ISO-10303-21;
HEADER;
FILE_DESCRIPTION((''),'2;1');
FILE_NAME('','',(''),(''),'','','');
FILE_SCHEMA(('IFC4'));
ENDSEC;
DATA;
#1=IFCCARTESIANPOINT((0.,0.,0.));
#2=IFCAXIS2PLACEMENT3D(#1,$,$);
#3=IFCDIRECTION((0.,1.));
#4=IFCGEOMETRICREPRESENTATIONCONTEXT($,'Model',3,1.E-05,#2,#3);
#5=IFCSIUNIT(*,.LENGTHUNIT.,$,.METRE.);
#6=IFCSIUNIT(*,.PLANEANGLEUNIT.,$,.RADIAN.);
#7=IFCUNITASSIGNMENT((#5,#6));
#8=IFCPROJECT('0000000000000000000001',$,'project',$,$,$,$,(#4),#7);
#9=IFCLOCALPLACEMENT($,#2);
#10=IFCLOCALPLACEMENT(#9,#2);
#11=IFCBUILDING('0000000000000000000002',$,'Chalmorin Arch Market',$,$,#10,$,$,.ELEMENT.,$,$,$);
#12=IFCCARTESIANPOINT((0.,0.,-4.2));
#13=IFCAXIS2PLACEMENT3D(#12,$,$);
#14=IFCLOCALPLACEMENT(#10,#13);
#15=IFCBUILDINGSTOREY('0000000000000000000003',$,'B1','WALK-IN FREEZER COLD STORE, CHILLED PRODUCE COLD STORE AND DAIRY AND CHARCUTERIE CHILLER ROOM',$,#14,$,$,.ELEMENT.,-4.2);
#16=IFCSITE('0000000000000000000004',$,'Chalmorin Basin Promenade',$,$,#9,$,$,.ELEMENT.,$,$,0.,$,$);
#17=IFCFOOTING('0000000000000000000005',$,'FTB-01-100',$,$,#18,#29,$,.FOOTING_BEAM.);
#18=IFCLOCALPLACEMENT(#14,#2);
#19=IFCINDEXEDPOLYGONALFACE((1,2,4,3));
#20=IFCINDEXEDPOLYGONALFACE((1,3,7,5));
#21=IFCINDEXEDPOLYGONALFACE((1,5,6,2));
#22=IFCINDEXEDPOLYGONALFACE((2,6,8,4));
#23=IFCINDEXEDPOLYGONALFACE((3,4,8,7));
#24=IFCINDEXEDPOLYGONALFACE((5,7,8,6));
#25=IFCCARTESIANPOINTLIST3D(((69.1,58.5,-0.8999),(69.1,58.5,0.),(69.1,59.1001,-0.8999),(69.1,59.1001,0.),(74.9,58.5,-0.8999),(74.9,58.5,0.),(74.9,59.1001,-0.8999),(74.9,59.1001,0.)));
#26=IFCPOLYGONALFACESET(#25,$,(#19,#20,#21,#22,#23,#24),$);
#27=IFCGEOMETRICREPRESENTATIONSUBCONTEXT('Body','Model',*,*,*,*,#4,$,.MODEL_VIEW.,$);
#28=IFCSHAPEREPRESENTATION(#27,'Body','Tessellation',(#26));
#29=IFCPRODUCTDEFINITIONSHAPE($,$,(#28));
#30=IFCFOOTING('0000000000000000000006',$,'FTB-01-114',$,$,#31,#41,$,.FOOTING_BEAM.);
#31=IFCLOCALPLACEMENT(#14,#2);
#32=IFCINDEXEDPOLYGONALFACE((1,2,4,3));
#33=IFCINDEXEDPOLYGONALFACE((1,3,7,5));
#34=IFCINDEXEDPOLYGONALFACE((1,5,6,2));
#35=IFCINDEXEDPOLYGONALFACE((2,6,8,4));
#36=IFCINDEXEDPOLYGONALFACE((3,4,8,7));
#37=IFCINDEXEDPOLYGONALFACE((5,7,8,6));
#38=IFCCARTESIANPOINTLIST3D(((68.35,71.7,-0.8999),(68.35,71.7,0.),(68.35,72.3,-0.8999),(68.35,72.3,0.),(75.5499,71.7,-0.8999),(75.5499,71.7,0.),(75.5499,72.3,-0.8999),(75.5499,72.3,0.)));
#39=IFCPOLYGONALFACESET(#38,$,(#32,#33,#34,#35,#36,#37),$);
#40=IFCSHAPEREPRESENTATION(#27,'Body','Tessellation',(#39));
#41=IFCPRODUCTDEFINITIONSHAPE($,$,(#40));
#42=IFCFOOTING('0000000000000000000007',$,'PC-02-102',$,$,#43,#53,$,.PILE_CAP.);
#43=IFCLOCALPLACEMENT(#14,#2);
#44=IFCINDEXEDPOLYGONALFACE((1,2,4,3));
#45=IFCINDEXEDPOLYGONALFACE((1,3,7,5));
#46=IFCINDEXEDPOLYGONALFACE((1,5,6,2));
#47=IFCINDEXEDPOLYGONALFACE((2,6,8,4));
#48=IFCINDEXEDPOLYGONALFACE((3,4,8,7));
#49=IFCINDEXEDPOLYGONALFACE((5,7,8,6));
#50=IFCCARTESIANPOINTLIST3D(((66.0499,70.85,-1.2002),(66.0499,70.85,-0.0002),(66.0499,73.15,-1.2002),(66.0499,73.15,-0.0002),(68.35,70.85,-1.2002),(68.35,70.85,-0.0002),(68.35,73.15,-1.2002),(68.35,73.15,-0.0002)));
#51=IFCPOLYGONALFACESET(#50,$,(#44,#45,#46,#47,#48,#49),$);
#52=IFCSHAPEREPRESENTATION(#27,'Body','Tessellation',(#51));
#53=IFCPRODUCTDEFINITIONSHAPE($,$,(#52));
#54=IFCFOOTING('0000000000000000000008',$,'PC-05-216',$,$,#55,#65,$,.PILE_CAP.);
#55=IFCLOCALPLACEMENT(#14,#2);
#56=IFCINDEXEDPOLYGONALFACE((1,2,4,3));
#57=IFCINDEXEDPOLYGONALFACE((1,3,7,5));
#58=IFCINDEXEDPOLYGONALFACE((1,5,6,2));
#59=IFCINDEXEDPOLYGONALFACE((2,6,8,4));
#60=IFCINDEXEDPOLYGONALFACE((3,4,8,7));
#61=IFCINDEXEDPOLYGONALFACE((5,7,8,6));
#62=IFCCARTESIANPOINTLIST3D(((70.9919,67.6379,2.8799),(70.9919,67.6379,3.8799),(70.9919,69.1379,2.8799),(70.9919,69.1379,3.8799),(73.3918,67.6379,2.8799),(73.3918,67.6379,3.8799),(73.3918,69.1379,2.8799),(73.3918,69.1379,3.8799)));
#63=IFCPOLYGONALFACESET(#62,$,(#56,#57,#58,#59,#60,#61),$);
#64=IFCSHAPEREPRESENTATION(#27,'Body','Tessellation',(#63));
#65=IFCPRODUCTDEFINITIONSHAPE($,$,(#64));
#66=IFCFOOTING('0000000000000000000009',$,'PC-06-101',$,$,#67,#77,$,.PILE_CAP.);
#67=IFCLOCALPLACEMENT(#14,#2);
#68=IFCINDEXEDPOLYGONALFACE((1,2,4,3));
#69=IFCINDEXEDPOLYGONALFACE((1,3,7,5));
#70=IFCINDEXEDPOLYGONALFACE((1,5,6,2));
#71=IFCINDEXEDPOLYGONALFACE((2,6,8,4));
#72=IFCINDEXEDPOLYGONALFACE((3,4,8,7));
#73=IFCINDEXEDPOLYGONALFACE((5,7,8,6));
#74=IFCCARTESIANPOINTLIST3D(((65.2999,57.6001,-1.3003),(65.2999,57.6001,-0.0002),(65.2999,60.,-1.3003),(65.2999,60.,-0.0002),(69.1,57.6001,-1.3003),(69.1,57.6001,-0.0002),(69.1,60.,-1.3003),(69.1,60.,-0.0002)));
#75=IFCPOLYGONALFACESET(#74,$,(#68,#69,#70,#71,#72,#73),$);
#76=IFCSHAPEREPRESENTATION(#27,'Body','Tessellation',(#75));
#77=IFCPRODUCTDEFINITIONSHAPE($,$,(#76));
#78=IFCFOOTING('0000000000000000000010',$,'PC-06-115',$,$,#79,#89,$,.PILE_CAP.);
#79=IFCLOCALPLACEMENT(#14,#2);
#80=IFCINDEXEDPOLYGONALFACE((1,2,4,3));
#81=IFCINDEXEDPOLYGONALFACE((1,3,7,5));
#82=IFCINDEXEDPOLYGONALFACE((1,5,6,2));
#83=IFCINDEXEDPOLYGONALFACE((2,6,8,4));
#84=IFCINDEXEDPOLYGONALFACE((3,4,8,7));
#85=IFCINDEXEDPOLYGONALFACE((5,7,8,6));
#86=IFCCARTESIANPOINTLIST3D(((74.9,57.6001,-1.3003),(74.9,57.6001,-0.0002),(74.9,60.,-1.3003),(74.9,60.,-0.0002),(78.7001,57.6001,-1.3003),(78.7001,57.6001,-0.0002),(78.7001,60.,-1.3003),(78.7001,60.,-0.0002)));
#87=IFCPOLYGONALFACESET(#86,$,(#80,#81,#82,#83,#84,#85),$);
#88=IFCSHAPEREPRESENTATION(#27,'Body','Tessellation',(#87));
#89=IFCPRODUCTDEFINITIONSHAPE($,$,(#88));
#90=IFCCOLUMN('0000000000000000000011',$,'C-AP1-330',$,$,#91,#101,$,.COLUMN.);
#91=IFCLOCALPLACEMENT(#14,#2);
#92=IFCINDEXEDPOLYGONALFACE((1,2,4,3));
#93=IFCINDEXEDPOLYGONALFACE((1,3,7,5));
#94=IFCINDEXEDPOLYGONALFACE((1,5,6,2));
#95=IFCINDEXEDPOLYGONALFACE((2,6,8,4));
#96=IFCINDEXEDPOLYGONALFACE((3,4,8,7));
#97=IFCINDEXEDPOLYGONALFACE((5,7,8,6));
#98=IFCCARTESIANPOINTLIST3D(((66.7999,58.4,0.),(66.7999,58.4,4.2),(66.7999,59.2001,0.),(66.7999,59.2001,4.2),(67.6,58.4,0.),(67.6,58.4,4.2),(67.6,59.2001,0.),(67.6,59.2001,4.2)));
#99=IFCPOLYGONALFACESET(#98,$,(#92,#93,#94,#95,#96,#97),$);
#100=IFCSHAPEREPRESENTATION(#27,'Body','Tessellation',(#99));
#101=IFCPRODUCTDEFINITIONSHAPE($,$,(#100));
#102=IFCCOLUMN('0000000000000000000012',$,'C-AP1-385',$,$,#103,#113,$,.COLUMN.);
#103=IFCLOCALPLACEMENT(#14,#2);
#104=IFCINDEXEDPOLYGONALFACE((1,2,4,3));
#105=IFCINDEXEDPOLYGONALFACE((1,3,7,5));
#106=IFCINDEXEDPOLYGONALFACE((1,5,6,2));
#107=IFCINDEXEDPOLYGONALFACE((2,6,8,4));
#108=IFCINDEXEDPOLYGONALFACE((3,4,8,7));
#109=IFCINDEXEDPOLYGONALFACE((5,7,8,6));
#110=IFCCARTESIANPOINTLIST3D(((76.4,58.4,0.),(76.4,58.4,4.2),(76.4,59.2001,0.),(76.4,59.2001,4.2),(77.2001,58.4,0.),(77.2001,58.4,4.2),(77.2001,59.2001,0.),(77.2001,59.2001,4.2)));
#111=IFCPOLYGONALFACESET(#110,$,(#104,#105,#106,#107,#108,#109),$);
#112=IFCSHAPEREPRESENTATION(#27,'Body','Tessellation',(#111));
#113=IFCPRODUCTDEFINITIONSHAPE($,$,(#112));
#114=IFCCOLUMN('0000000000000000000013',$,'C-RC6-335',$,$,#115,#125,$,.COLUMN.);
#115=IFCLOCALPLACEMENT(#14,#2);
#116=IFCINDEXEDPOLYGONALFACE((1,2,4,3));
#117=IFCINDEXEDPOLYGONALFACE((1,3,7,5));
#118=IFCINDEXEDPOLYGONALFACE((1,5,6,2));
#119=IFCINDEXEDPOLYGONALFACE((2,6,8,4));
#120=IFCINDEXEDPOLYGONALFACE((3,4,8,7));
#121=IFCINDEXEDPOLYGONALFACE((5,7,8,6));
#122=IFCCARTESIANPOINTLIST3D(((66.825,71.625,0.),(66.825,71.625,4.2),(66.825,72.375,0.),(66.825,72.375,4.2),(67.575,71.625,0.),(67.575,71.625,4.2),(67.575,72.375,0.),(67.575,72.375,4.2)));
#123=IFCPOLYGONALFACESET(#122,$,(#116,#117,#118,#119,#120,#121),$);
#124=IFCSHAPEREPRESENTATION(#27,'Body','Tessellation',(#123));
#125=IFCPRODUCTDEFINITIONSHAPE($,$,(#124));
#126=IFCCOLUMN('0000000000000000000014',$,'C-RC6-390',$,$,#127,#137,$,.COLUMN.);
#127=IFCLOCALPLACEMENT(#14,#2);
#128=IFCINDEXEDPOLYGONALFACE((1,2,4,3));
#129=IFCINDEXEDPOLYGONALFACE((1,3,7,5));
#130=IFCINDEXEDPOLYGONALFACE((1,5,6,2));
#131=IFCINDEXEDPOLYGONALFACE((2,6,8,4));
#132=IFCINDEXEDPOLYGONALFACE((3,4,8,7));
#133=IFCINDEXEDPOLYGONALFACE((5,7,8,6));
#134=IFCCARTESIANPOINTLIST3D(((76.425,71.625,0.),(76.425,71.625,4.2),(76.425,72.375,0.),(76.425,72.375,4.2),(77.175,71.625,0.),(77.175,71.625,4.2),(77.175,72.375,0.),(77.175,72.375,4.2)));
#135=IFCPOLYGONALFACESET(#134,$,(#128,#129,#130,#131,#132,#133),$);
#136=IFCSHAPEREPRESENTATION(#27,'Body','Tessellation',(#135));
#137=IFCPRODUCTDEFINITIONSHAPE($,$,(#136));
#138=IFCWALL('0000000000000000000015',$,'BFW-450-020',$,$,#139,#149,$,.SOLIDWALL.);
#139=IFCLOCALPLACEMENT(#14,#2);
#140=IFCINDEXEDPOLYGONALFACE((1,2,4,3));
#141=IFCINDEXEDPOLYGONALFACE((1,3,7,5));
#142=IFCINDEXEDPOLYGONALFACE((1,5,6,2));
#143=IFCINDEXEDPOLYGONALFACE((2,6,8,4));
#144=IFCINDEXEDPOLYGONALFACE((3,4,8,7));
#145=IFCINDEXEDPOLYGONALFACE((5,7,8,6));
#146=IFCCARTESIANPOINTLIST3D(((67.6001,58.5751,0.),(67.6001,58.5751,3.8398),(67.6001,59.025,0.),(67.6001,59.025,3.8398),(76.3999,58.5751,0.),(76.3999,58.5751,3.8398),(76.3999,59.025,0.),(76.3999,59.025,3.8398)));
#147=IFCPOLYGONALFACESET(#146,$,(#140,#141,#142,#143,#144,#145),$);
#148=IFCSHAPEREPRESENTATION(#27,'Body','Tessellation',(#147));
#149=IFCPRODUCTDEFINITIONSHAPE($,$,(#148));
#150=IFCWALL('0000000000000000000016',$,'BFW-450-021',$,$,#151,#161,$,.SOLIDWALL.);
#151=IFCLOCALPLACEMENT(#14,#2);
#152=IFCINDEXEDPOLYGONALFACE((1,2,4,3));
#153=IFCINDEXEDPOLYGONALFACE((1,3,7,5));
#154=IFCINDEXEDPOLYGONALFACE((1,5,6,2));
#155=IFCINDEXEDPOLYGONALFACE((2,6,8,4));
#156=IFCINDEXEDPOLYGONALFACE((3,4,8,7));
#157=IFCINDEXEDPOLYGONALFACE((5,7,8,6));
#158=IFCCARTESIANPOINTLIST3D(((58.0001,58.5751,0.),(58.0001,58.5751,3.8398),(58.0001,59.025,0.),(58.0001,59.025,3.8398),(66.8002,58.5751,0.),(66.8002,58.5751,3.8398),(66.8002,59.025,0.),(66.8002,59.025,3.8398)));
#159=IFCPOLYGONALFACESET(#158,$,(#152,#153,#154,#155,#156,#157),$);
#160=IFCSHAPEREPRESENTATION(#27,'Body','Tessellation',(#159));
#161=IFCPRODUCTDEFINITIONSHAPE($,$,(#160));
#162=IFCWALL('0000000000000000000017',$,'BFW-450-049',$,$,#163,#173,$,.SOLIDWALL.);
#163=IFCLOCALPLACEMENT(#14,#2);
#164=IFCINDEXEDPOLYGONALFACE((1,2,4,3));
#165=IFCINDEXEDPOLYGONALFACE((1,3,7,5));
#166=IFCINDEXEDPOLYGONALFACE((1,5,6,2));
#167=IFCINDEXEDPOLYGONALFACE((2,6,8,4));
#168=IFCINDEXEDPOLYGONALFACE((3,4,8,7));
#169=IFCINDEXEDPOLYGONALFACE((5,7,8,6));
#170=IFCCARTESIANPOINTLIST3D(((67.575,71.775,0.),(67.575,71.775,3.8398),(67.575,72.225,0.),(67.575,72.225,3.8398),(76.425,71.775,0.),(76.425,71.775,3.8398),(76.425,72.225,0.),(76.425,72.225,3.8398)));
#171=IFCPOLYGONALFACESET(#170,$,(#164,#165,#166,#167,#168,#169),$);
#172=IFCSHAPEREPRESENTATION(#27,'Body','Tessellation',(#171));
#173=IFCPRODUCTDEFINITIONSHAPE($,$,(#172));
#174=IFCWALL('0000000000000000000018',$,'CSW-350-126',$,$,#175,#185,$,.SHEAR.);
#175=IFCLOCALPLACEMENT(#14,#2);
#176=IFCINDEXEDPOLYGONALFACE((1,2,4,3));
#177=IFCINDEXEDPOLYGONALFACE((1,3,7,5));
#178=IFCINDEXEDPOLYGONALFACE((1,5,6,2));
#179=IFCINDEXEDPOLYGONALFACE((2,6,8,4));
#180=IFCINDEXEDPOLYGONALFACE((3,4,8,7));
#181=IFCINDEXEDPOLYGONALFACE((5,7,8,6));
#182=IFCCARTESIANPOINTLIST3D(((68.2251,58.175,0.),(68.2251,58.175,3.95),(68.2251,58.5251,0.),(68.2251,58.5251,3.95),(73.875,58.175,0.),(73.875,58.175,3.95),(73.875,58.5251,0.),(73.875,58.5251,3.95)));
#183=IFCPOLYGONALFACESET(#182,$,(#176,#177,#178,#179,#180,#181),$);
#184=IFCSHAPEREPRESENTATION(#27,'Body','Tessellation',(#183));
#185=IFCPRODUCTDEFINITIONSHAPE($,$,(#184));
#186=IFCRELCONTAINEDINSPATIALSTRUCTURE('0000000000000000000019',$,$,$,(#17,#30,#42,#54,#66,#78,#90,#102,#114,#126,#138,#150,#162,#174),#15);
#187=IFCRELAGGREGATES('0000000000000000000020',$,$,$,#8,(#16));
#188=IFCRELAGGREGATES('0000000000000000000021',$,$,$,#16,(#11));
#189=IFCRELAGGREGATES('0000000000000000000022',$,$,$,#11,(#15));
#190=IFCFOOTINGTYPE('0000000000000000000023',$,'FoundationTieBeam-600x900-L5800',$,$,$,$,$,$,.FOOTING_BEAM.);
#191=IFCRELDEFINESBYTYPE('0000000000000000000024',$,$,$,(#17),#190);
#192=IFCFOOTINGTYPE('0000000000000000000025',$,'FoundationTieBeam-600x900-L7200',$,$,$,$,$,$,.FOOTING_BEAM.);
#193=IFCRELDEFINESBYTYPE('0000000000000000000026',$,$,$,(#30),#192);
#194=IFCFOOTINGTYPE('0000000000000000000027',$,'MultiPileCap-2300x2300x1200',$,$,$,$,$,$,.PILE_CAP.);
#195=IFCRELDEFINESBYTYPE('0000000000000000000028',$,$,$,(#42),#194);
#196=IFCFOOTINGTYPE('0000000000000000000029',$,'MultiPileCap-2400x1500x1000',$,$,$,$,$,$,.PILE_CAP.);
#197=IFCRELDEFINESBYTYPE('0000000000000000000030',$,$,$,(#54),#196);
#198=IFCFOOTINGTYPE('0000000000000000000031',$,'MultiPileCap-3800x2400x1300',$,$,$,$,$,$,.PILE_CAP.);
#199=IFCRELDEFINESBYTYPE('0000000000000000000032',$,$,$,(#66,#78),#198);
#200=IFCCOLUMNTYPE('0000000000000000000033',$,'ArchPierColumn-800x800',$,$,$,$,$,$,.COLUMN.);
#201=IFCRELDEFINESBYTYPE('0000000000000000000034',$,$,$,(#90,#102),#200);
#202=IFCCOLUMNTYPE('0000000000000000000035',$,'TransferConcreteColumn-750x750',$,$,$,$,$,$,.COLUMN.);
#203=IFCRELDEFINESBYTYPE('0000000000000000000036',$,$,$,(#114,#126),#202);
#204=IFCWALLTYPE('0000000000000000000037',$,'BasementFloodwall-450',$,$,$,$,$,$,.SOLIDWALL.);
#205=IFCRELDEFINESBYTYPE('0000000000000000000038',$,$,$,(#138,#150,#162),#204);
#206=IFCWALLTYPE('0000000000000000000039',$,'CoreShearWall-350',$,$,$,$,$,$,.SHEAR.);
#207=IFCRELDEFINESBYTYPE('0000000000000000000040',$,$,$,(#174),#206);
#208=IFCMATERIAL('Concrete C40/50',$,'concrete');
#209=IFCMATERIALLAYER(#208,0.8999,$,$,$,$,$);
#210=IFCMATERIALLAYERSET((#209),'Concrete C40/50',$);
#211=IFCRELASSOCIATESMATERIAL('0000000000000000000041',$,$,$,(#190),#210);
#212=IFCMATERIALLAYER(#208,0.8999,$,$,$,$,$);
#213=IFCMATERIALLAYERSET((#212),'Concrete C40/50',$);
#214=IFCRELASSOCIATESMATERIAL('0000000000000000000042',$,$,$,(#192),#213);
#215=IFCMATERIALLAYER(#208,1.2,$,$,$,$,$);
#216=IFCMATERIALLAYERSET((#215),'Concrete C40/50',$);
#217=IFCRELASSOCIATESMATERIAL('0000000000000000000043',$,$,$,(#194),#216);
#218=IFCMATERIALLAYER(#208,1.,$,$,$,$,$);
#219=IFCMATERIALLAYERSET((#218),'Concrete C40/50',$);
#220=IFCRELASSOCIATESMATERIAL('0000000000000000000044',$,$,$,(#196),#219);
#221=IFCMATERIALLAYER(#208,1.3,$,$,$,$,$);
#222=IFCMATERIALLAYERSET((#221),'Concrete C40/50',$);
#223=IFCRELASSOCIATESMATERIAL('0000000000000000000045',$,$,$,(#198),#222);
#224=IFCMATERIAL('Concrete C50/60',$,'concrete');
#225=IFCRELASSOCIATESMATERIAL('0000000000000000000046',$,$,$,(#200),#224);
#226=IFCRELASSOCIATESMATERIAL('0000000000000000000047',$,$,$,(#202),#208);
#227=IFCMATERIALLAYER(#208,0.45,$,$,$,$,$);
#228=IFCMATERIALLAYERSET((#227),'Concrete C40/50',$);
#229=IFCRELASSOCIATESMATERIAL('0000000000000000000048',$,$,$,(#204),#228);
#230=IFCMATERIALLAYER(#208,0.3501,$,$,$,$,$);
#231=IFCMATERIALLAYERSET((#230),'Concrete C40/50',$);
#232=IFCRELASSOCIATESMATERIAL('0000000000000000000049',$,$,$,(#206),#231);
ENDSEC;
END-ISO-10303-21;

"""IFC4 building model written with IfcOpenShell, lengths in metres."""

from ifc_helpers import new_model, si_unit, direction, frame, frame_2d, origin, origin_2d, place, context, subcontext, project, spatial, rectangle, extrude, material, layer, layer_set, material_profile, profile_set, type_object, element, save


model = new_model("IFC4")

# Units and contexts
model_context = context("Model", 3, precision=1e-05, world=origin(), true_north=direction((0.0, 1.0)))
body_context = subcontext(model_context, "Body", "Model", "MODEL_VIEW")
ifc_project = project(units=[si_unit("LENGTHUNIT", "METRE"), si_unit("PLANEANGLEUNIT", "RADIAN")], contexts=[model_context])

# Site, building, storey
site_placement = place(None, origin())
site = spatial("IfcSite", under=ifc_project, at=site_placement, Name="Chalmorin Basin Promenade", CompositionType="ELEMENT", RefElevation=0.0)
building_placement = place(site_placement, origin())
building = spatial("IfcBuilding", under=site, at=building_placement, Name="Chalmorin Arch Market", CompositionType="ELEMENT")
storey_placement = place(building_placement, frame((0.0, 0.0, -4.2)))
storey = spatial("IfcBuildingStorey", under=building, at=storey_placement, Name="B1", Description="WALK-IN FREEZER COLD STORE, CHILLED PRODUCE COLD STORE AND DAIRY AND CHARCUTERIE CHILLER ROOM", CompositionType="ELEMENT", Elevation=-4.2)

# Footings
ifc_material_1 = material(Name="Concrete C40/50", Category="concrete")
ifc_layer_1 = layer(ifc_material_1, 0.8999)
ifc_layer_set_1 = layer_set([ifc_layer_1], Name="Concrete C40/50")
footing_type_1 = type_object("IfcFootingType", Name="FoundationTieBeam-600x900-L5800", PredefinedType="FOOTING_BEAM", material=ifc_layer_set_1)
footing_1_placement = place(storey_placement, frame((72.0, 58.8, -0.8999), z_axis=(0.0, 0.0, 1.0), x_axis=(1.0, 0.0, 0.0)))
element("IfcFooting", 1, at=footing_1_placement, inside=storey, type_object=footing_type_1, Name="FTB-01-100", PredefinedType="FOOTING_BEAM", context=body_context, shape_type="SweptSolid", body=[
    extrude(rectangle(XDim=5.8, YDim=0.6001, at=origin_2d()), origin(), (0.0, 0.0, 1.0), 0.8999),
])
ifc_layer_2 = layer(ifc_material_1, 0.8999)
ifc_layer_set_2 = layer_set([ifc_layer_2], Name="Concrete C40/50")
footing_type_2 = type_object("IfcFootingType", Name="FoundationTieBeam-600x900-L7200", PredefinedType="FOOTING_BEAM", material=ifc_layer_set_2)
footing_2_placement = place(storey_placement, frame((71.95, 72.0, -0.8999), z_axis=(0.0, 0.0, 1.0), x_axis=(1.0, 0.0, 0.0)))
element("IfcFooting", 2, at=footing_2_placement, inside=storey, type_object=footing_type_2, Name="FTB-01-114", PredefinedType="FOOTING_BEAM", context=body_context, shape_type="SweptSolid", body=[
    extrude(rectangle(XDim=7.2, YDim=0.6001, at=origin_2d()), origin(), (0.0, 0.0, 1.0), 0.8999),
])
ifc_layer_3 = layer(ifc_material_1, 1.2)
ifc_layer_set_3 = layer_set([ifc_layer_3], Name="Concrete C40/50")
footing_type_3 = type_object("IfcFootingType", Name="MultiPileCap-2300x2300x1200", PredefinedType="PILE_CAP", material=ifc_layer_set_3)
footing_3_placement = place(storey_placement, frame((67.2, 72.0, -1.2002), z_axis=(0.0, 0.0, 1.0), x_axis=(1.0, 0.0, 0.0)))
element("IfcFooting", 3, at=footing_3_placement, inside=storey, type_object=footing_type_3, Name="PC-02-102", PredefinedType="PILE_CAP", context=body_context, shape_type="SweptSolid", body=[
    extrude(rectangle(XDim=2.3, YDim=2.3, at=origin_2d()), origin(), (0.0, 0.0, 1.0), 1.2),
])
ifc_layer_4 = layer(ifc_material_1, 1.0)
ifc_layer_set_4 = layer_set([ifc_layer_4], Name="Concrete C40/50")
footing_type_4 = type_object("IfcFootingType", Name="MultiPileCap-2400x1500x1000", PredefinedType="PILE_CAP", material=ifc_layer_set_4)
footing_4_placement = place(storey_placement, frame((72.1919, 68.3879, 2.8799), z_axis=(0.0, 0.0, 1.0), x_axis=(1.0, 0.0, 0.0)))
element("IfcFooting", 4, at=footing_4_placement, inside=storey, type_object=footing_type_4, Name="PC-05-216", PredefinedType="PILE_CAP", context=body_context, shape_type="SweptSolid", body=[
    extrude(rectangle(XDim=2.3999, YDim=1.5, at=origin_2d()), origin(), (0.0, 0.0, 1.0), 1.0),
])
ifc_layer_5 = layer(ifc_material_1, 1.3)
ifc_layer_set_5 = layer_set([ifc_layer_5], Name="Concrete C40/50")
footing_type_5 = type_object("IfcFootingType", Name="MultiPileCap-3800x2400x1300", PredefinedType="PILE_CAP", material=ifc_layer_set_5)
for number, where, z_axis, x_axis, name in (
    (5, (67.2, 58.8, -1.3003), (0.0, 0.0, 1.0), (1.0, 0.0, 0.0), "PC-06-101"),
    (6, (76.8, 58.8, -1.3003), (0.0, 0.0, 1.0), (1.0, 0.0, 0.0), "PC-06-115"),
):
    element("IfcFooting", number, at=place(storey_placement, frame(where, z_axis=z_axis, x_axis=x_axis)), inside=storey, type_object=footing_type_5, Name=name, PredefinedType="PILE_CAP", context=body_context, shape_type="SweptSolid", body=[
        extrude(rectangle(XDim=3.8, YDim=2.3999, at=origin_2d()), origin(), (0.0, 0.0, 1.0), 1.3),
    ])

# Columns
ifc_material_2 = material(Name="Concrete C50/60", Category="concrete")
ifc_material_profile_1 = material_profile(ifc_material_2, rectangle(XDim=0.8, YDim=0.8, at=origin_2d()), Name="RC800X800")
ifc_profile_set_1 = profile_set([ifc_material_profile_1], Name="Concrete C50/60")
column_type_1 = type_object("IfcColumnType", Name="ArchPierColumn-800x800", PredefinedType="COLUMN", material=ifc_profile_set_1)
for number, where, z_axis, x_axis, name in (
    (7, (67.2, 58.8, 0.0), (0.0, 0.0, 1.0), (1.0, 0.0, 0.0), "C-AP1-330"),
    (8, (76.8, 58.8, 0.0), (0.0, 0.0, 1.0), (1.0, 0.0, 0.0), "C-AP1-385"),
):
    element("IfcColumn", number, at=place(storey_placement, frame(where, z_axis=z_axis, x_axis=x_axis)), inside=storey, type_object=column_type_1, Name=name, PredefinedType="COLUMN", context=body_context, shape_type="SweptSolid", body=[
        extrude(rectangle(XDim=0.8, YDim=0.8, at=origin_2d()), origin(), (0.0, 0.0, 1.0), 4.2),
    ])
ifc_material_profile_2 = material_profile(ifc_material_1, rectangle(XDim=0.75, YDim=0.75, at=origin_2d()), Name="RC750X750")
ifc_profile_set_2 = profile_set([ifc_material_profile_2], Name="Concrete C40/50")
column_type_2 = type_object("IfcColumnType", Name="TransferConcreteColumn-750x750", PredefinedType="COLUMN", material=ifc_profile_set_2)
for number, where, z_axis, x_axis, name in (
    (9, (67.2, 72.0, 0.0), (0.0, 0.0, 1.0), (1.0, 0.0, 0.0), "C-RC6-335"),
    (10, (76.8, 72.0, 0.0), (0.0, 0.0, 1.0), (1.0, 0.0, 0.0), "C-RC6-390"),
):
    element("IfcColumn", number, at=place(storey_placement, frame(where, z_axis=z_axis, x_axis=x_axis)), inside=storey, type_object=column_type_2, Name=name, PredefinedType="COLUMN", context=body_context, shape_type="SweptSolid", body=[
        extrude(rectangle(XDim=0.75, YDim=0.75, at=origin_2d()), origin(), (0.0, 0.0, 1.0), 4.2),
    ])

# Walls
ifc_layer_6 = layer(ifc_material_1, 0.45)
ifc_layer_set_6 = layer_set([ifc_layer_6], Name="Concrete C40/50")
wall_type_1 = type_object("IfcWallType", Name="BasementFloodwall-450", PredefinedType="SOLIDWALL", material=ifc_layer_set_6)
wall_1_placement = place(storey_placement, frame((76.3999, 58.8, 0.0), z_axis=(0.0, 0.0, 1.0), x_axis=(-1.0, 0.0, 0.0)))
element("IfcWall", 11, at=wall_1_placement, inside=storey, type_object=wall_type_1, Name="BFW-450-020", PredefinedType="SOLIDWALL", context=body_context, shape_type="SweptSolid", body=[
    extrude(rectangle(XDim=8.7998, YDim=0.45, at=frame_2d((4.3999, 0.0))), origin(), (0.0, 0.0, 1.0), 3.8398),
])
wall_2_placement = place(storey_placement, frame((66.8, 58.8, 0.0), z_axis=(0.0, 0.0, 1.0), x_axis=(-1.0, 0.0, 0.0)))
element("IfcWall", 12, at=wall_2_placement, inside=storey, type_object=wall_type_1, Name="BFW-450-021", PredefinedType="SOLIDWALL", context=body_context, shape_type="SweptSolid", body=[
    extrude(rectangle(XDim=8.8, YDim=0.45, at=frame_2d((4.3999, 0.0))), origin(), (0.0, 0.0, 1.0), 3.8398),
])
wall_3_placement = place(storey_placement, frame((67.575, 72.0, 0.0), z_axis=(0.0, 0.0, 1.0), x_axis=(1.0, 0.0, 0.0)))
element("IfcWall", 13, at=wall_3_placement, inside=storey, type_object=wall_type_1, Name="BFW-450-049", PredefinedType="SOLIDWALL", context=body_context, shape_type="SweptSolid", body=[
    extrude(rectangle(XDim=8.8501, YDim=0.45, at=frame_2d((4.425, 0.0))), origin(), (0.0, 0.0, 1.0), 3.8398),
])
ifc_layer_7 = layer(ifc_material_1, 0.3501)
ifc_layer_set_7 = layer_set([ifc_layer_7], Name="Concrete C40/50")
wall_type_2 = type_object("IfcWallType", Name="CoreShearWall-350", PredefinedType="SHEAR", material=ifc_layer_set_7)
wall_4_placement = place(storey_placement, frame((68.2251, 58.3501, 0.0), z_axis=(0.0, 0.0, 1.0), x_axis=(1.0, 0.0, 0.0)))
element("IfcWall", 14, at=wall_4_placement, inside=storey, type_object=wall_type_2, Name="CSW-350-126", PredefinedType="SHEAR", context=body_context, shape_type="SweptSolid", body=[
    extrude(rectangle(XDim=5.6499, YDim=0.3501, at=frame_2d((2.825, 0.0))), origin(), (0.0, 0.0, 1.0), 3.95),
])

save(model, "model.ifc")
